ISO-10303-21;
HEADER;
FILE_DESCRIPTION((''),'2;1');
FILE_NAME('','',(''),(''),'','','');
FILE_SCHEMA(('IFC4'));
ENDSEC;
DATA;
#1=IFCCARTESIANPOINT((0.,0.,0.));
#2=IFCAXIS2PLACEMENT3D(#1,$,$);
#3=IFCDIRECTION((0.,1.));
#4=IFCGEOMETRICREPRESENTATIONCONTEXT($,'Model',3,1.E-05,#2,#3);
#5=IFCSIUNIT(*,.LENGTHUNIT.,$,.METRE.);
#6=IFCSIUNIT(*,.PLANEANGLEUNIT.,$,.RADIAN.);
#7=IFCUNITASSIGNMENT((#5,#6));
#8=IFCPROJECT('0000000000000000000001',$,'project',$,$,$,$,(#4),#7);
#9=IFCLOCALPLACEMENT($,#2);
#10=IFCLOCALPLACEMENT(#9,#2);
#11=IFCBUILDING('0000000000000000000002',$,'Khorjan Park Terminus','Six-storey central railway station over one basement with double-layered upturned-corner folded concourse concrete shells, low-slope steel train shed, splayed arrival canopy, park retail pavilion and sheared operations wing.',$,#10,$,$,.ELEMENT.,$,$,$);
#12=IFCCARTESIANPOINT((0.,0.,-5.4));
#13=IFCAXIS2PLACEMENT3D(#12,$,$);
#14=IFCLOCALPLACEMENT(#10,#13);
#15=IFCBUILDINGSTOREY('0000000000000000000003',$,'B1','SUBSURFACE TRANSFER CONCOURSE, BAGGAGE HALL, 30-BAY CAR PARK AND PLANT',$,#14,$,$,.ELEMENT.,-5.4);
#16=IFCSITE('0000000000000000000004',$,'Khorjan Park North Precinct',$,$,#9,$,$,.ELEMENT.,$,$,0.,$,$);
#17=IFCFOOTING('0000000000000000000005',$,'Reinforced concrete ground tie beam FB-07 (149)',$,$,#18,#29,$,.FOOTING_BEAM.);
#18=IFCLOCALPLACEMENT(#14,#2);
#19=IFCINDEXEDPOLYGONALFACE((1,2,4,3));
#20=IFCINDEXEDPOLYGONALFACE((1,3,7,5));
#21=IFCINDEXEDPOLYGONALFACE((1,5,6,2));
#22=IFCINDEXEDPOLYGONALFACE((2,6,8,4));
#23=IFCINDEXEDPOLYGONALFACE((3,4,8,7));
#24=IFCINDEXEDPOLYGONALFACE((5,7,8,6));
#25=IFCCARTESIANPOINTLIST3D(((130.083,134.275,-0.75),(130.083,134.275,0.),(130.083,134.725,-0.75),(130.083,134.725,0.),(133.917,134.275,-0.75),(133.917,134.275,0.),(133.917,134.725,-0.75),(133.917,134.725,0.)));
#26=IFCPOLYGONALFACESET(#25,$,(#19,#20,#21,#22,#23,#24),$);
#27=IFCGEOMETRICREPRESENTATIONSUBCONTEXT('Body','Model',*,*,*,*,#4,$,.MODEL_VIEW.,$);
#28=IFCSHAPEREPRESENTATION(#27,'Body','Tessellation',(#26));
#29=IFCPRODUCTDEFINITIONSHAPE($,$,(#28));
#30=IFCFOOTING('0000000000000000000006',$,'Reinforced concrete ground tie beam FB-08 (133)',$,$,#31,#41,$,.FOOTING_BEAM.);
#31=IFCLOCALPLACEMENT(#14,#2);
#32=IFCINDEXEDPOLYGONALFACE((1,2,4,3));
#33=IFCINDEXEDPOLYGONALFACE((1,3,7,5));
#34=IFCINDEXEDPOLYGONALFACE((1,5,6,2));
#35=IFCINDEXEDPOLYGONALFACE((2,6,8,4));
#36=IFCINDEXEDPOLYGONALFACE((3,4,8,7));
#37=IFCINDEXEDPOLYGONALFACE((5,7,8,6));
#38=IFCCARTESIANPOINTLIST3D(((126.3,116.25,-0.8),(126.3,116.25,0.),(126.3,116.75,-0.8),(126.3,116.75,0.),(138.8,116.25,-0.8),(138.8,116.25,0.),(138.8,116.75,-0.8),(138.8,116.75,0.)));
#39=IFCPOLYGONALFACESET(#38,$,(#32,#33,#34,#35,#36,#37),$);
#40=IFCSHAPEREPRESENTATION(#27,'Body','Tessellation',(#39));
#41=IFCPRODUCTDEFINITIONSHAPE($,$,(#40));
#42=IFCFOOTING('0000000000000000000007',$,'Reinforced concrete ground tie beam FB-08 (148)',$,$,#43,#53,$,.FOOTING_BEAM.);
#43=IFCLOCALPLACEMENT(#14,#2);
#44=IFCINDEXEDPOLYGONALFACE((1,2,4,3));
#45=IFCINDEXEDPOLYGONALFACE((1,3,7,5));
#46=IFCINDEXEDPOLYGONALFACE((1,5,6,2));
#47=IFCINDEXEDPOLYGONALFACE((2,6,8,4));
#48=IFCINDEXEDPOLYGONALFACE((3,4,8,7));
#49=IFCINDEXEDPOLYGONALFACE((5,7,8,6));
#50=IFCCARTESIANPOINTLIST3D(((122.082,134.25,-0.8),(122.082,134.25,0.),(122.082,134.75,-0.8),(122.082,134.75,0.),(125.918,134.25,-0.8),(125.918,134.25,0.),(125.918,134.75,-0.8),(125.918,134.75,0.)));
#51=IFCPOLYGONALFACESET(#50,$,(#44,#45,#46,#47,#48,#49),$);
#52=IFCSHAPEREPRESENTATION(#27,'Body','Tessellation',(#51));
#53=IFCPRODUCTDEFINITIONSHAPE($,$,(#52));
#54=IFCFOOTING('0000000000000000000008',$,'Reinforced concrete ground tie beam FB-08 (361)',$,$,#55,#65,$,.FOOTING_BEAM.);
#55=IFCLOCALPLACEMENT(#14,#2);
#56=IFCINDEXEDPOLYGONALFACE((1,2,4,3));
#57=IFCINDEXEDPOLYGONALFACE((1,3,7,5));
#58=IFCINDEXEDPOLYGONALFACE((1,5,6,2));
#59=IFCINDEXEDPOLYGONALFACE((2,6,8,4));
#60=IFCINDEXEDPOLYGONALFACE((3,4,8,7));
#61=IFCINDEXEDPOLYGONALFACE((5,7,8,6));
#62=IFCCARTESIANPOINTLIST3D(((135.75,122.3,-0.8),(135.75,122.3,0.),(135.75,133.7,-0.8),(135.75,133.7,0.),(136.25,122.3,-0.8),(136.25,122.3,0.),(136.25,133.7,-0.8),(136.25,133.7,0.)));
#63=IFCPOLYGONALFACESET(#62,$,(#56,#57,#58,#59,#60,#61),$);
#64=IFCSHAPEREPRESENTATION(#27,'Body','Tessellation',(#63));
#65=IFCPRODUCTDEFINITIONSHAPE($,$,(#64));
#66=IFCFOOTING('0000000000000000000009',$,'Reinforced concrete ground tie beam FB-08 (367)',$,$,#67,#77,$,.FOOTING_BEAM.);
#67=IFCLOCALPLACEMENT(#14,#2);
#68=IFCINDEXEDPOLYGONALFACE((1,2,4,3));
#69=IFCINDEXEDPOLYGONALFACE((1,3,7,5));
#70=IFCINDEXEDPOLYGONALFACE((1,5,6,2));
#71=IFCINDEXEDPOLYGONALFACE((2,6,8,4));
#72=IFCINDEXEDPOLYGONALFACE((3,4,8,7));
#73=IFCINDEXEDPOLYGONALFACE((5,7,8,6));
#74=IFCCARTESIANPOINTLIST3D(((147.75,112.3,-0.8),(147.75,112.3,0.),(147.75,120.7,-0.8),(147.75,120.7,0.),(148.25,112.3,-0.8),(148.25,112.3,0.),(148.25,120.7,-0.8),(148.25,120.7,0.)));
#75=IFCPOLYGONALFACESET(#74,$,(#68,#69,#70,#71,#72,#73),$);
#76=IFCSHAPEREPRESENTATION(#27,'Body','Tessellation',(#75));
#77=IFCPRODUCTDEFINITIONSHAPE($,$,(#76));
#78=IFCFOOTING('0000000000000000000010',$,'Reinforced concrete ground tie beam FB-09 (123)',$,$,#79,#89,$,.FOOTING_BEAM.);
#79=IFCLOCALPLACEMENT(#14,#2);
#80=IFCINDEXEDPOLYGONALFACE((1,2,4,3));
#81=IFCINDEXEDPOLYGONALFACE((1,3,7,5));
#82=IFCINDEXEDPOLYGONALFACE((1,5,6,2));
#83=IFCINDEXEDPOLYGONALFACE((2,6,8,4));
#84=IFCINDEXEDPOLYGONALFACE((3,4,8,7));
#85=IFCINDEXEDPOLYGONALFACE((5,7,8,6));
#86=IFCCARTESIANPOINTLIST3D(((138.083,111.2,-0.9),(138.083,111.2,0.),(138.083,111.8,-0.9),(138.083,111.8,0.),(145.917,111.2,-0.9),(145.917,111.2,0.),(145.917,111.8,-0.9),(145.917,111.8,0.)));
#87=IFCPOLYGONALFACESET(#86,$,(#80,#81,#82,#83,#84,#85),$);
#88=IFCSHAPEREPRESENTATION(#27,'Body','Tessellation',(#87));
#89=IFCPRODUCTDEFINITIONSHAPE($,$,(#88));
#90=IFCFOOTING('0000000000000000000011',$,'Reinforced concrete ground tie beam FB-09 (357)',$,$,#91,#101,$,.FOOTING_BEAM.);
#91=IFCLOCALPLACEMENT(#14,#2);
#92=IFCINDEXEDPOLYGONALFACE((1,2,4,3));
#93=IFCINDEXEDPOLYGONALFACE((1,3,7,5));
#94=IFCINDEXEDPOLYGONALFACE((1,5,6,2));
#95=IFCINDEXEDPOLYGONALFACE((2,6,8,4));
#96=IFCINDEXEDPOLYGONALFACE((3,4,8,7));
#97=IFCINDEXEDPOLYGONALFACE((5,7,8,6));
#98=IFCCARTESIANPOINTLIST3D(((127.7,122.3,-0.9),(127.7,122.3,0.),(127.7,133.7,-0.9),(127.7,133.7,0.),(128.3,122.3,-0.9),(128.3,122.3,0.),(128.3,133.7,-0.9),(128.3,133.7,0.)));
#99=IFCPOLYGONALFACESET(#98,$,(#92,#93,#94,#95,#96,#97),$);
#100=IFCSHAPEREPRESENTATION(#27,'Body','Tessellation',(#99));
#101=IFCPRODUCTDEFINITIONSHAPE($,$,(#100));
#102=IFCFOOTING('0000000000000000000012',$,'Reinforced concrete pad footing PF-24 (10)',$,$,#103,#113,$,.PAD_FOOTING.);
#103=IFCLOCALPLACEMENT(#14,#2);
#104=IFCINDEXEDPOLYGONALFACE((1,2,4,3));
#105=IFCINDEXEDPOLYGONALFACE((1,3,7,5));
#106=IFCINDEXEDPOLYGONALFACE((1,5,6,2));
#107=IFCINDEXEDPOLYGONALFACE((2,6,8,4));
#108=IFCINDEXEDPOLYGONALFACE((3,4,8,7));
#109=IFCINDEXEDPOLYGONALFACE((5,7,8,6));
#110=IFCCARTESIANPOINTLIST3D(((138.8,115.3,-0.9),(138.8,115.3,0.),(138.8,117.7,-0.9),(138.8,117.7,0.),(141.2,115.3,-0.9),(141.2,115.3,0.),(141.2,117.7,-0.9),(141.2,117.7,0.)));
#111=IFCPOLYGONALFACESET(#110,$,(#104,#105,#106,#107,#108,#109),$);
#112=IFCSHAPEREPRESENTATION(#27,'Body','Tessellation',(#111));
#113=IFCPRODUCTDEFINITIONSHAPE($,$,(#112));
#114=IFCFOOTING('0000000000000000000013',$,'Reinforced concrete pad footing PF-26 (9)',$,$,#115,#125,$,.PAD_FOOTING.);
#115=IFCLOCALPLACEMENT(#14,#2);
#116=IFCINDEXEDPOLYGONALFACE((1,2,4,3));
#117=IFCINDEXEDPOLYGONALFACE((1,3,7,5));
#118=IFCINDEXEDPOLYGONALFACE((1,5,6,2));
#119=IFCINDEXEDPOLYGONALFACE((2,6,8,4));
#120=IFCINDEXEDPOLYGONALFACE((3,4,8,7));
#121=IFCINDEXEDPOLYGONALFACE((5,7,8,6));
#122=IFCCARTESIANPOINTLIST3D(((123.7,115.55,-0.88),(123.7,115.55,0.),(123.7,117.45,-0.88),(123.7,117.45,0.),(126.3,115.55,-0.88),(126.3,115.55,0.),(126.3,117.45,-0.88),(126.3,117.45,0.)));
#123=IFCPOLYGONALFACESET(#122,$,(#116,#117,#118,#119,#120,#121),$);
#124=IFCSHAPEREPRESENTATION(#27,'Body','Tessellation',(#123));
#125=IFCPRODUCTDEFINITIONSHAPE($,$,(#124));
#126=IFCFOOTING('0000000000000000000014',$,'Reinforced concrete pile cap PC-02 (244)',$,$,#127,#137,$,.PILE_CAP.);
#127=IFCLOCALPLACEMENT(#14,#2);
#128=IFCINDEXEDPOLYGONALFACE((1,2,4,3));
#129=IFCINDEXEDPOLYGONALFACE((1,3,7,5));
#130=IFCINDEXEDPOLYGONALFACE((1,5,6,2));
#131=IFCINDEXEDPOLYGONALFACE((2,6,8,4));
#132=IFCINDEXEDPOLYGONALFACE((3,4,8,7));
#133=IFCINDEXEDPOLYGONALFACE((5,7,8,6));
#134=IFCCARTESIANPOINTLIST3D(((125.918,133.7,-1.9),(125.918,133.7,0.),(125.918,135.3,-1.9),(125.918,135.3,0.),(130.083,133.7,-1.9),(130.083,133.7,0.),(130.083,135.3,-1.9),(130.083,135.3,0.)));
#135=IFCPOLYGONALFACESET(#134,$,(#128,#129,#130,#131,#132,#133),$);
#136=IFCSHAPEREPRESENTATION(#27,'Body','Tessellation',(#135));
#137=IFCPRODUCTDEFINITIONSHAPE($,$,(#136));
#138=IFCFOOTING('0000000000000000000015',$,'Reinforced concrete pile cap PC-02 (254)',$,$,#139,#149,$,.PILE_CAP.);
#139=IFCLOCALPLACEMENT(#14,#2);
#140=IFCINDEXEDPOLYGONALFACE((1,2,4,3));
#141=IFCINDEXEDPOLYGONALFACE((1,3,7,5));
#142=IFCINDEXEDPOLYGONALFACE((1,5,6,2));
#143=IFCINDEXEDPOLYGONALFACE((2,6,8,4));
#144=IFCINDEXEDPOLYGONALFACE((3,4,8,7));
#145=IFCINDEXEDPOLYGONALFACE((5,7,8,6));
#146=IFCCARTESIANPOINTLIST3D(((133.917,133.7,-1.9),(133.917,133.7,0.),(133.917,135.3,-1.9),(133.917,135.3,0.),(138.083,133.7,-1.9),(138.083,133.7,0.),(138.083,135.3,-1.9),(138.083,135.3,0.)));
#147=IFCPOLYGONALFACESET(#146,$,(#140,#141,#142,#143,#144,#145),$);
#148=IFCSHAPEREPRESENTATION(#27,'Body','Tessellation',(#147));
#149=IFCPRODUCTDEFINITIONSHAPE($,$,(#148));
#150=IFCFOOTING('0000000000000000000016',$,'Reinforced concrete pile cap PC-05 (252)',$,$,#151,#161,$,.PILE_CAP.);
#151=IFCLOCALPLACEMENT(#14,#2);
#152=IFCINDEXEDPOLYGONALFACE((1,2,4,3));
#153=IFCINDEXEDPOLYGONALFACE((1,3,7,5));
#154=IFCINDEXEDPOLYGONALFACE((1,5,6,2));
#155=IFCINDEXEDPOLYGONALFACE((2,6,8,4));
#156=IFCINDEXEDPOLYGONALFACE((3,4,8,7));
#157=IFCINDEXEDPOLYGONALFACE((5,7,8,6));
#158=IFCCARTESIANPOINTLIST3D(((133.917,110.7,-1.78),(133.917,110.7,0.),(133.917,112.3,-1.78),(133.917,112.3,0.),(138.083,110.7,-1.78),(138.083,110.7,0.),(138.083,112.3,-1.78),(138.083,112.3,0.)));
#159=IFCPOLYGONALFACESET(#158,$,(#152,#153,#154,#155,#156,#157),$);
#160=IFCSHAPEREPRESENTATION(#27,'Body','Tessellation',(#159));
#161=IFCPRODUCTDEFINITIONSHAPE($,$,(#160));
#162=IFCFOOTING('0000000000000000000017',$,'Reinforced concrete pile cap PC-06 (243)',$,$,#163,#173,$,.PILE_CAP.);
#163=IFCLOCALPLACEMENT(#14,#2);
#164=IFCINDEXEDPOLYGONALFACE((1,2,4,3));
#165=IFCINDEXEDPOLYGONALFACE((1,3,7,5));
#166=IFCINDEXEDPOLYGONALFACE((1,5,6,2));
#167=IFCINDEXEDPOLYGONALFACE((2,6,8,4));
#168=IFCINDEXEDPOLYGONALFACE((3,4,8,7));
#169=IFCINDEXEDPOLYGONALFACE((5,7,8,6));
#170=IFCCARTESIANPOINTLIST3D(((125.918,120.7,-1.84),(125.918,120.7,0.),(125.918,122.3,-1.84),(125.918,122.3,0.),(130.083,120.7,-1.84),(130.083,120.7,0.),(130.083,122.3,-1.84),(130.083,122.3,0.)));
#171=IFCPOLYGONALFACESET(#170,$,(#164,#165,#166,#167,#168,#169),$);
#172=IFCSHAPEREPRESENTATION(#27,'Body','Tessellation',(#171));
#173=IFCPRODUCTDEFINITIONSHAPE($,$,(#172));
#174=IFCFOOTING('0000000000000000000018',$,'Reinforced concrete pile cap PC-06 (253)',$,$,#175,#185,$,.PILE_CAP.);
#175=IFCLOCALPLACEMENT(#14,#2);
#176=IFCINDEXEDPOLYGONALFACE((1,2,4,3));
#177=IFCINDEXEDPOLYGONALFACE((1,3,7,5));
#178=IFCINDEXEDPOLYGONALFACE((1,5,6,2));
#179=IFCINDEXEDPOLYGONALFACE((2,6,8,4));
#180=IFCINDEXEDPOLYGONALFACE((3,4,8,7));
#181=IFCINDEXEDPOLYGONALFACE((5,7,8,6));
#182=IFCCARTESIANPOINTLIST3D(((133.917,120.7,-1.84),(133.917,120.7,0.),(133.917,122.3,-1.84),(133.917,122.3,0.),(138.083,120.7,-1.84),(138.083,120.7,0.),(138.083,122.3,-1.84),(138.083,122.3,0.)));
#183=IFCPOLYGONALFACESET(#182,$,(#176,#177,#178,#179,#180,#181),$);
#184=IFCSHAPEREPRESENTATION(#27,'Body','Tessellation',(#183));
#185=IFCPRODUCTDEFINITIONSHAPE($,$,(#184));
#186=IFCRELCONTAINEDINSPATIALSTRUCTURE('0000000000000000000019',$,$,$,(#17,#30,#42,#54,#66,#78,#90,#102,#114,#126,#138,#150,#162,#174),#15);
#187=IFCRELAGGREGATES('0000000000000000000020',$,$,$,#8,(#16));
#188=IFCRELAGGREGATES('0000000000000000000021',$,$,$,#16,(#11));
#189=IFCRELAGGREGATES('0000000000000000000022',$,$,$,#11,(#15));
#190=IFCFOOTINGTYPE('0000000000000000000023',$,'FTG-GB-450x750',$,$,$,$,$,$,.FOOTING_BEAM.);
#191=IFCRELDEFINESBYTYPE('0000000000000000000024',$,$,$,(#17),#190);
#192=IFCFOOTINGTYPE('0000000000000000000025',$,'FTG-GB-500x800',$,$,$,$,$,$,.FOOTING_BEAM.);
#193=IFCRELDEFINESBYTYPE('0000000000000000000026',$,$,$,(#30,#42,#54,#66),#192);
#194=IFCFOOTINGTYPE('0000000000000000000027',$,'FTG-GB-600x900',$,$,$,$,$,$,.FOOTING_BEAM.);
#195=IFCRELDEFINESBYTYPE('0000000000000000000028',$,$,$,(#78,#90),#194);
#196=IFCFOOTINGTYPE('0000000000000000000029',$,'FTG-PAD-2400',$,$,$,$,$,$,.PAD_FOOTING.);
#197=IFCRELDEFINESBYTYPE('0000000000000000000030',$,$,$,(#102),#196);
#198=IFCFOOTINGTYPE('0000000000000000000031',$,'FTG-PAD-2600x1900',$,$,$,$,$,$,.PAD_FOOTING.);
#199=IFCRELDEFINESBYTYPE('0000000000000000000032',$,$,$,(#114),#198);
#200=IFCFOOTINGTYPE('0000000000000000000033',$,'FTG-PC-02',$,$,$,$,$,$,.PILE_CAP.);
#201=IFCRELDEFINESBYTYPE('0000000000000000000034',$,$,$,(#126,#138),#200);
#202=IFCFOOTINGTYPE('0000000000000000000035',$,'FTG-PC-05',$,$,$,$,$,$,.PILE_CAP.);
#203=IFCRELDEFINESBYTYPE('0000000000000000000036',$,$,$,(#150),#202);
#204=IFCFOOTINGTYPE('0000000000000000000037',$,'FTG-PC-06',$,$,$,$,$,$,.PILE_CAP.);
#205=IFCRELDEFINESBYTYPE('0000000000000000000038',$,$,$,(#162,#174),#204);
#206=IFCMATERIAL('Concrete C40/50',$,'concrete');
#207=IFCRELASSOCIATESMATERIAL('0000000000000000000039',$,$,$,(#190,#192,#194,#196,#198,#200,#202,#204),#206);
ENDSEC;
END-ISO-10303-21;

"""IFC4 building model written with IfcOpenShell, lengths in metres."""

from ifc_helpers import new_model, si_unit, direction, frame, origin, origin_2d, place, context, subcontext, project, spatial, rectangle, extrude, material, material_profile, profile_set, type_object, element, save


model = new_model("IFC4")

# Units and contexts
model_context = context("Model", 3, precision=1e-05, world=origin(), true_north=direction((0.0, 1.0)))
body_context = subcontext(model_context, "Body", "Model", "MODEL_VIEW")
ifc_project = project(units=[si_unit("LENGTHUNIT", "METRE"), si_unit("PLANEANGLEUNIT", "RADIAN")], contexts=[model_context])

# Site, building, storey
site_placement = place(None, origin())
site = spatial("IfcSite", under=ifc_project, at=site_placement, Name="Khorjan Park North Precinct", CompositionType="ELEMENT", RefElevation=0.0)
building_placement = place(site_placement, origin())
building = spatial("IfcBuilding", under=site, at=building_placement, Name="Khorjan Park Terminus", Description="Six-storey central railway station over one basement with double-layered upturned-corner folded concourse concrete shells, low-slope steel train shed, splayed arrival canopy, park retail pavilion and sheared operations wing.", CompositionType="ELEMENT")
storey_placement = place(building_placement, frame((0.0, 0.0, -5.4)))
storey = spatial("IfcBuildingStorey", under=building, at=storey_placement, Name="B1", Description="SUBSURFACE TRANSFER CONCOURSE, BAGGAGE HALL, 30-BAY CAR PARK AND PLANT", CompositionType="ELEMENT", Elevation=-5.4)

# Footings
ifc_material = material(Name="Concrete C40/50", Category="concrete")
ifc_material_profile_1 = material_profile(ifc_material, rectangle(XDim=0.45, YDim=0.75, at=origin_2d()), Name="RC 450x750")
ifc_profile_set_1 = profile_set([ifc_material_profile_1], Name="Concrete C40/50")
footing_type_1 = type_object("IfcFootingType", Name="FTG-GB-450x750", PredefinedType="FOOTING_BEAM", material=ifc_profile_set_1)
footing_1_placement = place(storey_placement, frame((130.083, 134.5, -0.375), z_axis=(1.0, 0.0, 0.0), x_axis=(0.0, 1.0, 0.0)))
element("IfcFooting", 1, at=footing_1_placement, inside=storey, type_object=footing_type_1, Name="Reinforced concrete ground tie beam FB-07 (149)", PredefinedType="FOOTING_BEAM", context=body_context, shape_type="SweptSolid", body=[
    extrude(rectangle(XDim=0.45, YDim=0.75, at=origin_2d()), origin(), (0.0, 0.0, 1.0), 3.834),
])
ifc_material_profile_2 = material_profile(ifc_material, rectangle(XDim=0.5, YDim=0.8, at=origin_2d()), Name="RC 500x800")
ifc_profile_set_2 = profile_set([ifc_material_profile_2], Name="Concrete C40/50")
footing_type_2 = type_object("IfcFootingType", Name="FTG-GB-500x800", PredefinedType="FOOTING_BEAM", material=ifc_profile_set_2)
footing_2_placement = place(storey_placement, frame((126.3, 116.5, -0.4), z_axis=(1.0, 0.0, 0.0), x_axis=(0.0, 1.0, 0.0)))
element("IfcFooting", 2, at=footing_2_placement, inside=storey, type_object=footing_type_2, Name="Reinforced concrete ground tie beam FB-08 (133)", PredefinedType="FOOTING_BEAM", context=body_context, shape_type="SweptSolid", body=[
    extrude(rectangle(XDim=0.5, YDim=0.8, at=origin_2d()), origin(), (0.0, 0.0, 1.0), 12.5),
])
footing_3_placement = place(storey_placement, frame((122.082, 134.5, -0.4), z_axis=(1.0, 0.0, 0.0), x_axis=(0.0, 1.0, 0.0)))
element("IfcFooting", 3, at=footing_3_placement, inside=storey, type_object=footing_type_2, Name="Reinforced concrete ground tie beam FB-08 (148)", PredefinedType="FOOTING_BEAM", context=body_context, shape_type="SweptSolid", body=[
    extrude(rectangle(XDim=0.5, YDim=0.8, at=origin_2d()), origin(), (0.0, 0.0, 1.0), 3.836),
])
footing_4_placement = place(storey_placement, frame((136.0, 122.3, -0.4), z_axis=(0.0, 1.0, 0.0), x_axis=(-1.0, 0.0, 0.0)))
element("IfcFooting", 4, at=footing_4_placement, inside=storey, type_object=footing_type_2, Name="Reinforced concrete ground tie beam FB-08 (361)", PredefinedType="FOOTING_BEAM", context=body_context, shape_type="SweptSolid", body=[
    extrude(rectangle(XDim=0.5, YDim=0.8, at=origin_2d()), origin(), (0.0, 0.0, 1.0), 11.4),
])
footing_5_placement = place(storey_placement, frame((148.0, 112.3, -0.4), z_axis=(0.0, 1.0, 0.0), x_axis=(-1.0, 0.0, 0.0)))
element("IfcFooting", 5, at=footing_5_placement, inside=storey, type_object=footing_type_2, Name="Reinforced concrete ground tie beam FB-08 (367)", PredefinedType="FOOTING_BEAM", context=body_context, shape_type="SweptSolid", body=[
    extrude(rectangle(XDim=0.5, YDim=0.8, at=origin_2d()), origin(), (0.0, 0.0, 1.0), 8.4),
])
ifc_material_profile_3 = material_profile(ifc_material, rectangle(XDim=0.6, YDim=0.9, at=origin_2d()), Name="RC 600x900")
ifc_profile_set_3 = profile_set([ifc_material_profile_3], Name="Concrete C40/50")
footing_type_3 = type_object("IfcFootingType", Name="FTG-GB-600x900", PredefinedType="FOOTING_BEAM", material=ifc_profile_set_3)
footing_6_placement = place(storey_placement, frame((138.083, 111.5, -0.45), z_axis=(1.0, 0.0, 0.0), x_axis=(0.0, 1.0, 0.0)))
element("IfcFooting", 6, at=footing_6_placement, inside=storey, type_object=footing_type_3, Name="Reinforced concrete ground tie beam FB-09 (123)", PredefinedType="FOOTING_BEAM", context=body_context, shape_type="SweptSolid", body=[
    extrude(rectangle(XDim=0.6, YDim=0.9, at=origin_2d()), origin(), (0.0, 0.0, 1.0), 7.834),
])
footing_7_placement = place(storey_placement, frame((128.0, 122.3, -0.45), z_axis=(0.0, 1.0, 0.0), x_axis=(-1.0, 0.0, 0.0)))
element("IfcFooting", 7, at=footing_7_placement, inside=storey, type_object=footing_type_3, Name="Reinforced concrete ground tie beam FB-09 (357)", PredefinedType="FOOTING_BEAM", context=body_context, shape_type="SweptSolid", body=[
    extrude(rectangle(XDim=0.6, YDim=0.9, at=origin_2d()), origin(), (0.0, 0.0, 1.0), 11.4),
])
footing_type_4 = type_object("IfcFootingType", Name="FTG-PAD-2400", PredefinedType="PAD_FOOTING", material=ifc_material)
footing_8_placement = place(storey_placement, frame((140.0, 116.5, -0.9), z_axis=(0.0, 0.0, 1.0), x_axis=(1.0, 0.0, 0.0)))
element("IfcFooting", 8, at=footing_8_placement, inside=storey, type_object=footing_type_4, Name="Reinforced concrete pad footing PF-24 (10)", PredefinedType="PAD_FOOTING", context=body_context, shape_type="SweptSolid", body=[
    extrude(rectangle(XDim=2.4, YDim=2.4, at=origin_2d()), origin(), (0.0, 0.0, 1.0), 0.9),
])
footing_type_5 = type_object("IfcFootingType", Name="FTG-PAD-2600x1900", PredefinedType="PAD_FOOTING", material=ifc_material)
footing_9_placement = place(storey_placement, frame((125.0, 116.5, -0.88), z_axis=(0.0, 0.0, 1.0), x_axis=(1.0, 0.0, 0.0)))
element("IfcFooting", 9, at=footing_9_placement, inside=storey, type_object=footing_type_5, Name="Reinforced concrete pad footing PF-26 (9)", PredefinedType="PAD_FOOTING", context=body_context, shape_type="SweptSolid", body=[
    extrude(rectangle(XDim=2.6, YDim=1.9, at=origin_2d()), origin(), (0.0, 0.0, 1.0), 0.88),
])
footing_type_6 = type_object("IfcFootingType", Name="FTG-PC-02", PredefinedType="PILE_CAP", material=ifc_material)
footing_10_placement = place(storey_placement, frame((128.0005, 134.5, -1.9), z_axis=(0.0, 0.0, 1.0), x_axis=(1.0, 0.0, 0.0)))
element("IfcFooting", 10, at=footing_10_placement, inside=storey, type_object=footing_type_6, Name="Reinforced concrete pile cap PC-02 (244)", PredefinedType="PILE_CAP", context=body_context, shape_type="SweptSolid", body=[
    extrude(rectangle(XDim=4.165, YDim=1.6, at=origin_2d()), origin(), (0.0, 0.0, 1.0), 1.9),
])
footing_11_placement = place(storey_placement, frame((136.0, 134.5, -1.9), z_axis=(0.0, 0.0, 1.0), x_axis=(1.0, 0.0, 0.0)))
element("IfcFooting", 11, at=footing_11_placement, inside=storey, type_object=footing_type_6, Name="Reinforced concrete pile cap PC-02 (254)", PredefinedType="PILE_CAP", context=body_context, shape_type="SweptSolid", body=[
    extrude(rectangle(XDim=4.166, YDim=1.6, at=origin_2d()), origin(), (0.0, 0.0, 1.0), 1.9),
])
footing_type_7 = type_object("IfcFootingType", Name="FTG-PC-05", PredefinedType="PILE_CAP", material=ifc_material)
footing_12_placement = place(storey_placement, frame((136.0, 111.5, -1.78), z_axis=(0.0, 0.0, 1.0), x_axis=(1.0, 0.0, 0.0)))
element("IfcFooting", 12, at=footing_12_placement, inside=storey, type_object=footing_type_7, Name="Reinforced concrete pile cap PC-05 (252)", PredefinedType="PILE_CAP", context=body_context, shape_type="SweptSolid", body=[
    extrude(rectangle(XDim=4.166, YDim=1.6, at=origin_2d()), origin(), (0.0, 0.0, 1.0), 1.78),
])
footing_type_8 = type_object("IfcFootingType", Name="FTG-PC-06", PredefinedType="PILE_CAP", material=ifc_material)
footing_13_placement = place(storey_placement, frame((128.0005, 121.5, -1.84), z_axis=(0.0, 0.0, 1.0), x_axis=(1.0, 0.0, 0.0)))
element("IfcFooting", 13, at=footing_13_placement, inside=storey, type_object=footing_type_8, Name="Reinforced concrete pile cap PC-06 (243)", PredefinedType="PILE_CAP", context=body_context, shape_type="SweptSolid", body=[
    extrude(rectangle(XDim=4.165, YDim=1.6, at=origin_2d()), origin(), (0.0, 0.0, 1.0), 1.84),
])
for number, where, z_axis, x_axis, name in (
    (14, (136.0, 121.5, -1.84), (0.0, 0.0, 1.0), (1.0, 0.0, 0.0), "Reinforced concrete pile cap PC-06 (253)"),
):
    element("IfcFooting", number, at=place(storey_placement, frame(where, z_axis=z_axis, x_axis=x_axis)), inside=storey, type_object=footing_type_8, Name=name, PredefinedType="PILE_CAP", context=body_context, shape_type="SweptSolid", body=[
        extrude(rectangle(XDim=4.166, YDim=1.6, at=origin_2d()), origin(), (0.0, 0.0, 1.0), 1.84),
    ])

save(model, "model.ifc")
